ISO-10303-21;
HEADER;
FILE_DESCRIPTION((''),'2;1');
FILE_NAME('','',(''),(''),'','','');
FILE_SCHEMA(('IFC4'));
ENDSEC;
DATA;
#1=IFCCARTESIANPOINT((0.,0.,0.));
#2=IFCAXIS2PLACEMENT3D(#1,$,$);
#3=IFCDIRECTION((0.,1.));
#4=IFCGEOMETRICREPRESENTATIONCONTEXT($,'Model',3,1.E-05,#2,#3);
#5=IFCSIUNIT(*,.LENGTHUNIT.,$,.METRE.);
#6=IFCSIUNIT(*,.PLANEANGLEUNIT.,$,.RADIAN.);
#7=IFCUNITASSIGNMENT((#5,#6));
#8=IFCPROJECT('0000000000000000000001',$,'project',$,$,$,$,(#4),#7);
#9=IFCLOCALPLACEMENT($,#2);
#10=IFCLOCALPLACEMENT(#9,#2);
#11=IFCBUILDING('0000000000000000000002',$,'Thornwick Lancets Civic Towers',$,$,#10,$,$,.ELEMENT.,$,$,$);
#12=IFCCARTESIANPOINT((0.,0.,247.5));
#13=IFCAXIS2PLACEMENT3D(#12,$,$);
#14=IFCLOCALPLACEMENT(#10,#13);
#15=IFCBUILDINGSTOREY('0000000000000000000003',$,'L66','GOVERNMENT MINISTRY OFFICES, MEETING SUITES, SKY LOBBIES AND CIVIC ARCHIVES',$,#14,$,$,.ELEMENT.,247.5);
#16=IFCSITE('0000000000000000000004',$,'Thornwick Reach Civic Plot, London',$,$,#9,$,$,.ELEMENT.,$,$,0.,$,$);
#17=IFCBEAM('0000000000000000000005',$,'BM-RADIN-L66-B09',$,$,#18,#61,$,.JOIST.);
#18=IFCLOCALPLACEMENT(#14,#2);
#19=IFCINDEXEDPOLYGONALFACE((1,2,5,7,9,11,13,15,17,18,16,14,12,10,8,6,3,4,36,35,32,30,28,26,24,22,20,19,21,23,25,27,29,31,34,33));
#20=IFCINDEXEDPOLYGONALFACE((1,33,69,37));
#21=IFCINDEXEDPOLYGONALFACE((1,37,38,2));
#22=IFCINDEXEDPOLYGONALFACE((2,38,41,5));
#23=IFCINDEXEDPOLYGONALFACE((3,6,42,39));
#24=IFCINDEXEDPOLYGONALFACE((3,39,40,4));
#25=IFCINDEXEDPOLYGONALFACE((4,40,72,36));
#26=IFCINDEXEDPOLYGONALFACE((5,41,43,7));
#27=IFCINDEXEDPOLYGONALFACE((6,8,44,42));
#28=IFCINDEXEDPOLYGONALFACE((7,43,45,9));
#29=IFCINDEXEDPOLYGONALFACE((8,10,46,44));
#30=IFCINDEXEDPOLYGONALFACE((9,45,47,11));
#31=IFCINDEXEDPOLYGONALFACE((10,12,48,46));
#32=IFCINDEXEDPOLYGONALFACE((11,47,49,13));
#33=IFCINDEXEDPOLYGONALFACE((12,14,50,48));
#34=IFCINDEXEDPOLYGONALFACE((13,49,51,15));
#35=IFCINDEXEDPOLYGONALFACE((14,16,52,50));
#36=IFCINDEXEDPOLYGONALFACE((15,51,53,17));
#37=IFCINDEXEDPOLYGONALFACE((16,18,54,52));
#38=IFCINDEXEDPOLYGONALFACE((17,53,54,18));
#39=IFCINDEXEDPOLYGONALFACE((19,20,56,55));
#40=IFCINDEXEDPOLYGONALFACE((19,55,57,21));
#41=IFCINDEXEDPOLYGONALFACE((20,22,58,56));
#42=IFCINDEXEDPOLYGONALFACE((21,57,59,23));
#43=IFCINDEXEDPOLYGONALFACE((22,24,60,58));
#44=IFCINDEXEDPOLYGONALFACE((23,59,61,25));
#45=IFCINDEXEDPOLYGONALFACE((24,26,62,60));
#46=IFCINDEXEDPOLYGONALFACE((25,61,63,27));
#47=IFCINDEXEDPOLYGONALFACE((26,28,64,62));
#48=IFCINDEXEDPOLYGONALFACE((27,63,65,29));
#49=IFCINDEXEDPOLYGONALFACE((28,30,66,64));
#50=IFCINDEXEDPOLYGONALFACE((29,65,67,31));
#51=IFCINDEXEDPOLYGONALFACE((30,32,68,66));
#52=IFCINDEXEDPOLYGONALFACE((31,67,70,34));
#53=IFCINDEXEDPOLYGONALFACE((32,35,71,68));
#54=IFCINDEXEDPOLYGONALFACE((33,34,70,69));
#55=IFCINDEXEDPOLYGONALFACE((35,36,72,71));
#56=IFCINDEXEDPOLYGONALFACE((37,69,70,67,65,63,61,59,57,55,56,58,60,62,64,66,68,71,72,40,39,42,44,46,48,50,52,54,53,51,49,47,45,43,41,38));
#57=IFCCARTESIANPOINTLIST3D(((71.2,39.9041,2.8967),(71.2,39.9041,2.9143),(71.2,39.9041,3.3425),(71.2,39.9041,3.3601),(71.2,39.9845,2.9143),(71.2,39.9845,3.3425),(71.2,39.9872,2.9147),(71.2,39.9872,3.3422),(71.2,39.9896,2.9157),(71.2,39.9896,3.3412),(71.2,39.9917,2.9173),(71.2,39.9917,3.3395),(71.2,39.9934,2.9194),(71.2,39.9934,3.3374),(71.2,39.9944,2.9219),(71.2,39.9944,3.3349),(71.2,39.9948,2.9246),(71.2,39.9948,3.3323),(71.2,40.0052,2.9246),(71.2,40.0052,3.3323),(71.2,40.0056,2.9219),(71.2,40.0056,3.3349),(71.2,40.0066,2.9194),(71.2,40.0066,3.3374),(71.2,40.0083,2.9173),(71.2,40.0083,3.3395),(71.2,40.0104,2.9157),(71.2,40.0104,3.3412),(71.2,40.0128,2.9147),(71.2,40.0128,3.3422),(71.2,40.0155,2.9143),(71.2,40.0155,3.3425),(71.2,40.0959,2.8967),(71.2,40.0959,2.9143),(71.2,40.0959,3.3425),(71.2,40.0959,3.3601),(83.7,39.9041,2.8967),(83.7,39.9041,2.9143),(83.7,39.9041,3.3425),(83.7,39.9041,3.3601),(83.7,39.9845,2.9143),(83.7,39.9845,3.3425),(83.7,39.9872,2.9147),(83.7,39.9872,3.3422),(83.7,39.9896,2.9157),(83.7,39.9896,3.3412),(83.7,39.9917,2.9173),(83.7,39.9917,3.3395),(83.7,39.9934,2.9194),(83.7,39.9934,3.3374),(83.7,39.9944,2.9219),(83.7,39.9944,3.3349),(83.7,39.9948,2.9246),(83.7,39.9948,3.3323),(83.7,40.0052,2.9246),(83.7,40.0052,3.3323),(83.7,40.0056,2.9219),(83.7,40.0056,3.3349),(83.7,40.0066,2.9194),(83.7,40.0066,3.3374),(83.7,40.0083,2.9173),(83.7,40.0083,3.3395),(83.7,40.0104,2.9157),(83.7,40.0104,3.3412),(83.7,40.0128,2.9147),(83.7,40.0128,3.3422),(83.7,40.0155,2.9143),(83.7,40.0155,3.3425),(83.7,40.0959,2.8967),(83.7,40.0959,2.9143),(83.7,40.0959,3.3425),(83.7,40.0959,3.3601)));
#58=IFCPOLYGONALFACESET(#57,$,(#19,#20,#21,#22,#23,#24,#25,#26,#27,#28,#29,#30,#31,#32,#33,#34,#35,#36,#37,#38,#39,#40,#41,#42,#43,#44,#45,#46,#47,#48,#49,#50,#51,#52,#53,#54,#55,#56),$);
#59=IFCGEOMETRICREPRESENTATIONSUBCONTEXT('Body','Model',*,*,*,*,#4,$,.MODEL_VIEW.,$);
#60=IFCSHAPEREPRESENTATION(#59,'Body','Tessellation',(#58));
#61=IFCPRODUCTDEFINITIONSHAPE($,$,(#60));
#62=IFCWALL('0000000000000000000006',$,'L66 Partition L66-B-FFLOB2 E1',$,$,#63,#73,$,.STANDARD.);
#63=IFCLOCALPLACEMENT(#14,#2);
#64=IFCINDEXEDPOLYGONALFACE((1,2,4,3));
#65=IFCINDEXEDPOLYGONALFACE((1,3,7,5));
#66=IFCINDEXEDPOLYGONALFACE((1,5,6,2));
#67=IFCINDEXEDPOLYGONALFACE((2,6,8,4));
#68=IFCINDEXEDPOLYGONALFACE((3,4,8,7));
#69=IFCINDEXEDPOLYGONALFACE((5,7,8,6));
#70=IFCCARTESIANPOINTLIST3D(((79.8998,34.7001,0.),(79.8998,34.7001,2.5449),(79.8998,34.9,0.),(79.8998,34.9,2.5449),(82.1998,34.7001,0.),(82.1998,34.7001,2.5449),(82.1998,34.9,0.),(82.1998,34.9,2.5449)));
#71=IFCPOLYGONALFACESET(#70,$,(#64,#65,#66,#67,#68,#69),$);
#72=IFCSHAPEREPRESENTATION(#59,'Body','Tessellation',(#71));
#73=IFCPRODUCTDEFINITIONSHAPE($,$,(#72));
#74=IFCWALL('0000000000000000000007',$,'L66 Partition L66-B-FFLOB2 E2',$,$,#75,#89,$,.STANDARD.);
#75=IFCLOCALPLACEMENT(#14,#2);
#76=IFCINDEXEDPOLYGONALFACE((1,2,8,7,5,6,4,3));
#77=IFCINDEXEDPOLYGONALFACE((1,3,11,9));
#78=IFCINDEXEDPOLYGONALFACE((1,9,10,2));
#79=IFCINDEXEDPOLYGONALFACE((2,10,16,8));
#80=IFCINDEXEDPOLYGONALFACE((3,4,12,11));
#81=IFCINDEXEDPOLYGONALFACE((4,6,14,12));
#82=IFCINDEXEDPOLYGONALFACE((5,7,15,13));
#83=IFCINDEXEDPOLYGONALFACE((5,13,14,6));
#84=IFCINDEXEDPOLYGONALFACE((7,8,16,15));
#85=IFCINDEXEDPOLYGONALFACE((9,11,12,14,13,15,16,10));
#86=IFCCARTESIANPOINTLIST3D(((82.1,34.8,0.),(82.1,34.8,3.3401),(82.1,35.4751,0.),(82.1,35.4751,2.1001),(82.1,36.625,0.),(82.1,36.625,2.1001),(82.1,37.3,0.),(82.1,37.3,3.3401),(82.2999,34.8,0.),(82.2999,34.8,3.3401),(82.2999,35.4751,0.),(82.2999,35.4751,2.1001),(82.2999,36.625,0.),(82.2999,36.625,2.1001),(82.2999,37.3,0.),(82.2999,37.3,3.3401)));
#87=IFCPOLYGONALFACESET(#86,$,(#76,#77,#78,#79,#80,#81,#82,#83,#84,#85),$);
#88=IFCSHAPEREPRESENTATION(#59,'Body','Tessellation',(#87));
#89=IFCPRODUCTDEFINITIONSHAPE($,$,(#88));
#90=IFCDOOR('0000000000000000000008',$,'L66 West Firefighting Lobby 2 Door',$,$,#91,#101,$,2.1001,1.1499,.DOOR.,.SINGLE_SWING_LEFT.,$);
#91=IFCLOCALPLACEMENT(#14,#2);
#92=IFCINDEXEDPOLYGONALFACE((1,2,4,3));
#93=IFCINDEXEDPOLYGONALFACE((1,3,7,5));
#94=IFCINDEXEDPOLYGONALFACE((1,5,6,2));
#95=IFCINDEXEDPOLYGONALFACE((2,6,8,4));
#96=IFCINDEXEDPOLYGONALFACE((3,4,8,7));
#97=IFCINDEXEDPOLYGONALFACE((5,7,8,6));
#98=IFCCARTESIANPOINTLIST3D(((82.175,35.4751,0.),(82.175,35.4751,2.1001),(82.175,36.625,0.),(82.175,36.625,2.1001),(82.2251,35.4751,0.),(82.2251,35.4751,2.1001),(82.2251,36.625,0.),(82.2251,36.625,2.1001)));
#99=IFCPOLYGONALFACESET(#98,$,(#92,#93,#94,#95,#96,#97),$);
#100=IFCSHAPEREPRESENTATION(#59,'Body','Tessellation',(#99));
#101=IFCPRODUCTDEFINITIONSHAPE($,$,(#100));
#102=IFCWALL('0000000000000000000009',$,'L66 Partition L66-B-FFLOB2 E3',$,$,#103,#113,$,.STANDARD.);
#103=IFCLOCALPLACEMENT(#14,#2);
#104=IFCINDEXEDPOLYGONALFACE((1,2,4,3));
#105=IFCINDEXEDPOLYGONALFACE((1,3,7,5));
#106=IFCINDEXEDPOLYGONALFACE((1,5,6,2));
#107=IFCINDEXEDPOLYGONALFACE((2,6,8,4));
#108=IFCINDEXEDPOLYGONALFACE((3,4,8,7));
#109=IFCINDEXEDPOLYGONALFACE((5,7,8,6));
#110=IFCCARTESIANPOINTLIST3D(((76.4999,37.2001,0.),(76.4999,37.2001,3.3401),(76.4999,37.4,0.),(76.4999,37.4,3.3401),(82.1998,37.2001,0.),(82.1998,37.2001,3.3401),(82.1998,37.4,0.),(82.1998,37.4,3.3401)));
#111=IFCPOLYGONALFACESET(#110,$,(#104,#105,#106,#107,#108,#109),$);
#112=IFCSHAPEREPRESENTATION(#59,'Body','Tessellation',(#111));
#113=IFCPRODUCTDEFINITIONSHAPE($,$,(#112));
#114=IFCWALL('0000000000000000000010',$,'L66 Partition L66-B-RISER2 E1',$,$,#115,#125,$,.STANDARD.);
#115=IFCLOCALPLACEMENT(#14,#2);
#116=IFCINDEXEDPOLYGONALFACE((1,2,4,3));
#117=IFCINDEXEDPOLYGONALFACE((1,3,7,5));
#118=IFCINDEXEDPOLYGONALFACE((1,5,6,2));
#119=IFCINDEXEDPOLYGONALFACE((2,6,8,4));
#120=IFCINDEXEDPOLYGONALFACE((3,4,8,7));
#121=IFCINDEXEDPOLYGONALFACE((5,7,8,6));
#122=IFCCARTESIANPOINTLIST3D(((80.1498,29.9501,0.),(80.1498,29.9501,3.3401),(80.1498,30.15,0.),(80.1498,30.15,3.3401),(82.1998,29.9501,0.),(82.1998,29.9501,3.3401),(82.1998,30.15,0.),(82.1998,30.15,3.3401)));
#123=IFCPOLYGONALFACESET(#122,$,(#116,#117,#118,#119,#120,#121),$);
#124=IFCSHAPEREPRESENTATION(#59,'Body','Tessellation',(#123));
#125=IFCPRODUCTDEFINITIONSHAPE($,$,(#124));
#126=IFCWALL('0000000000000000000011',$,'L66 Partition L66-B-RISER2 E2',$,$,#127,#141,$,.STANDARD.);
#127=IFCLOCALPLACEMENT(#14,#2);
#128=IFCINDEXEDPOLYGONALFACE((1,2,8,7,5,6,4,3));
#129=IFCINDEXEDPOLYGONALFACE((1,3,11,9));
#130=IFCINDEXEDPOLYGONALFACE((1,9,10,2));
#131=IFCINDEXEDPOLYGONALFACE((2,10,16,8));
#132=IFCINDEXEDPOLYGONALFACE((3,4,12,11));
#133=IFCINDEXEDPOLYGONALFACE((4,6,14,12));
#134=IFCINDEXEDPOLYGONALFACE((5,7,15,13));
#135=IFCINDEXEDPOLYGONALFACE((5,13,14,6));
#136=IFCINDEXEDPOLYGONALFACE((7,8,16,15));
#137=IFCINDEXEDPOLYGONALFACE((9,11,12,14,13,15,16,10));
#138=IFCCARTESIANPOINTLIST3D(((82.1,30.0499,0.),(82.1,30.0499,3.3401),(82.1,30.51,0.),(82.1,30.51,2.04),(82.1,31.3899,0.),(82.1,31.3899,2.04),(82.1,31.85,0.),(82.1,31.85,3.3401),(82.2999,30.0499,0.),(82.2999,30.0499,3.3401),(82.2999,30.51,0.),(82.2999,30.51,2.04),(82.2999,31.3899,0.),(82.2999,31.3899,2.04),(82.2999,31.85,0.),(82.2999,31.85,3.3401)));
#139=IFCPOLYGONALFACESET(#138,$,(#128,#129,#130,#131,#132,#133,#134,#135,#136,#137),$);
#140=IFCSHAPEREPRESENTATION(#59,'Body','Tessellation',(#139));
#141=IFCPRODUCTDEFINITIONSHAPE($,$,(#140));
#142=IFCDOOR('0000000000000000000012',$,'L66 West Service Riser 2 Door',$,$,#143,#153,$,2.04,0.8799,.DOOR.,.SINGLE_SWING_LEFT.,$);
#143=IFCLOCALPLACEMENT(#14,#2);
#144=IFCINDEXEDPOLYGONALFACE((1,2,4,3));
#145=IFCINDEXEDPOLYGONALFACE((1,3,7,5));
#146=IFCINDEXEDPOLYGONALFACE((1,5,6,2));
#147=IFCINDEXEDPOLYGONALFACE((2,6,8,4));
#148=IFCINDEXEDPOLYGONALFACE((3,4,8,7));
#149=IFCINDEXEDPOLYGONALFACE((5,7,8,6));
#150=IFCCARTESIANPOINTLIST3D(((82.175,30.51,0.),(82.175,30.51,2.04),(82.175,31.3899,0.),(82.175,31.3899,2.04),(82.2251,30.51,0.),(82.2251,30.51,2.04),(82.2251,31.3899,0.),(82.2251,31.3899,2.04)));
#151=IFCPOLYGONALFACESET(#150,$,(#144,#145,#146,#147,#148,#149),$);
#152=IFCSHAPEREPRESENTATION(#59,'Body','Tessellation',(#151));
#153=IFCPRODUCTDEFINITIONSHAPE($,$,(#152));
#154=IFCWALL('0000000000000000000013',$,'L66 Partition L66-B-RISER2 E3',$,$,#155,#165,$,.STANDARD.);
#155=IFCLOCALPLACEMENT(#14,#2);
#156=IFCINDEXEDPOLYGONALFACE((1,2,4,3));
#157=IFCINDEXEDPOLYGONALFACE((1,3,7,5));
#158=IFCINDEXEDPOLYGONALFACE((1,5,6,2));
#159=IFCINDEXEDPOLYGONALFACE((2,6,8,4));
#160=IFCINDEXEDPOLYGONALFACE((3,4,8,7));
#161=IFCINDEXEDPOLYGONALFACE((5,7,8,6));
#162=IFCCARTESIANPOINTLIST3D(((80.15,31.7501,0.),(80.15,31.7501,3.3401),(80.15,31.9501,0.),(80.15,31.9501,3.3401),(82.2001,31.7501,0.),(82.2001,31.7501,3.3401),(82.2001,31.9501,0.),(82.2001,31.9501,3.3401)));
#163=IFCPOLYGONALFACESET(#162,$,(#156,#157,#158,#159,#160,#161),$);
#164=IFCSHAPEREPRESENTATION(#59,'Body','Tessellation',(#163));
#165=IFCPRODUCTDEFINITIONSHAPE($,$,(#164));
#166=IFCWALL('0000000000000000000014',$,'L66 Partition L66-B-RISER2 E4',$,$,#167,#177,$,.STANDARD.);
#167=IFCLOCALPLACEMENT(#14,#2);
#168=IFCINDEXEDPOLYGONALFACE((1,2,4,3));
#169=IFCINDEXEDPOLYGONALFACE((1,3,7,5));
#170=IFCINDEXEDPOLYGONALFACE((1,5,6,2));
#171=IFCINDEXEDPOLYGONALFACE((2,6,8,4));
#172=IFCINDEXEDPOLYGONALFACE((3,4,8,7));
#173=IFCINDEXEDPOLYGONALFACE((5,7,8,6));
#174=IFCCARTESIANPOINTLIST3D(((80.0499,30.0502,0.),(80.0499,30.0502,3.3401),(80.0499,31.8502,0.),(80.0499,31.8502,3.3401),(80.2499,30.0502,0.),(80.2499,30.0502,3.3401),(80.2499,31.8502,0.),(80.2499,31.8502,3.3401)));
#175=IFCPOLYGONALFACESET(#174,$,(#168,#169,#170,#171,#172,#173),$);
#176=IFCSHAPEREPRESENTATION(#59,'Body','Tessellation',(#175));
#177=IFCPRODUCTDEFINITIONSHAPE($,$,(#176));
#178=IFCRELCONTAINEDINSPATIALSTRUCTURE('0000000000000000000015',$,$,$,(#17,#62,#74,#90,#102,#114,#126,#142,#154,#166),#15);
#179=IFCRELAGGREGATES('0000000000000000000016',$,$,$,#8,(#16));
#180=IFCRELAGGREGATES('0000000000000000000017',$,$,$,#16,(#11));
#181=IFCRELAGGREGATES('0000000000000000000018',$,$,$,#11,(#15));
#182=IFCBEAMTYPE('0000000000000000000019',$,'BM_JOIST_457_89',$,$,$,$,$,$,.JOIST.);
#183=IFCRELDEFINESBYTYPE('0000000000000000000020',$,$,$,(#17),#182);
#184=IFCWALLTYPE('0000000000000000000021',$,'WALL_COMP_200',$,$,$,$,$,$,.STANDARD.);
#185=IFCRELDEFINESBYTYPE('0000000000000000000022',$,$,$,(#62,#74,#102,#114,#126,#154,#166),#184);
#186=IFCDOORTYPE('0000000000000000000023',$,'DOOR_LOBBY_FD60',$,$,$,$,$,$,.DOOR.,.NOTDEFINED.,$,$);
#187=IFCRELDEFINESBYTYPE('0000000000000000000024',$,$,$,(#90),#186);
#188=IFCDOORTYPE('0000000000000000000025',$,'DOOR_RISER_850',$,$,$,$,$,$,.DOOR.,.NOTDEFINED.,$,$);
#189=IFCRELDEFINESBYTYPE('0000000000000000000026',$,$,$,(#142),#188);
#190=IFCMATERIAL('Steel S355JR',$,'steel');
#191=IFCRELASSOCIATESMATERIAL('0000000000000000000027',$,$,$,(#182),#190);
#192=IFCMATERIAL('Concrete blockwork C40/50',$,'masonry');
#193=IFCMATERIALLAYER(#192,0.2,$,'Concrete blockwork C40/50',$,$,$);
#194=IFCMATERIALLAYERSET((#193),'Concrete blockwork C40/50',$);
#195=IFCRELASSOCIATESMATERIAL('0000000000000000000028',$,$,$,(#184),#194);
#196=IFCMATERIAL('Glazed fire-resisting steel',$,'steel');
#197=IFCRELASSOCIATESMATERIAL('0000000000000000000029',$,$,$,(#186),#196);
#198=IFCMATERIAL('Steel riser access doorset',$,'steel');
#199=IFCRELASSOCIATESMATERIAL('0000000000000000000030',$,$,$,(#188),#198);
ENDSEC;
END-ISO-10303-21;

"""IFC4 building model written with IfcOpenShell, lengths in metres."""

from ifc_helpers import new_model, si_unit, direction, frame, frame_2d, origin, origin_2d, place, context, subcontext, project, spatial, rectangle, i_section, extrude, material, layer, layer_set, material_profile, profile_set, type_object, element, fill, save


model = new_model("IFC4")

# Units and contexts
model_context = context("Model", 3, precision=1e-05, world=origin(), true_north=direction((0.0, 1.0)))
body_context = subcontext(model_context, "Body", "Model", "MODEL_VIEW")
ifc_project = project(units=[si_unit("LENGTHUNIT", "METRE"), si_unit("PLANEANGLEUNIT", "RADIAN")], contexts=[model_context])

# Site, building, storey
site_placement = place(None, origin())
site = spatial("IfcSite", under=ifc_project, at=site_placement, Name="Thornwick Reach Civic Plot, London", CompositionType="ELEMENT", RefElevation=0.0)
building_placement = place(site_placement, origin())
building = spatial("IfcBuilding", under=site, at=building_placement, Name="Thornwick Lancets Civic Towers", CompositionType="ELEMENT")
storey_placement = place(building_placement, frame((0.0, 0.0, 247.5)))
storey = spatial("IfcBuildingStorey", under=building, at=storey_placement, Name="L66", Description="GOVERNMENT MINISTRY OFFICES, MEETING SUITES, SKY LOBBIES AND CIVIC ARCHIVES", CompositionType="ELEMENT", Elevation=247.5)

# Beam
ifc_material_1 = material(Name="Steel S355JR", Category="steel")
ifc_material_profile_1 = material_profile(ifc_material_1, i_section(OverallWidth=0.1919, OverallDepth=0.4634, WebThickness=0.0105, FlangeThickness=0.0176, FilletRadius=0.0103, at=origin_2d()), Name="UKB 457x191x89")
ifc_profile_set_1 = profile_set([ifc_material_profile_1], Name="Steel S355JR")
beam_type_1 = type_object("IfcBeamType", Name="BM_JOIST_457_89", PredefinedType="JOIST", material=ifc_profile_set_1)
beam_1_placement = place(storey_placement, frame((83.7, 40.0, 3.1284), z_axis=(-1.0, 0.0, 0.0), x_axis=(0.0, -1.0, 0.0)))
element("IfcBeam", 1, at=beam_1_placement, inside=storey, type_object=beam_type_1, Name="BM-RADIN-L66-B09", PredefinedType="JOIST", context=body_context, shape_type="SweptSolid", body=[
    extrude(i_section(OverallWidth=0.1919, OverallDepth=0.4634, WebThickness=0.0105, FlangeThickness=0.0176, FilletRadius=0.0103, at=origin_2d()), origin(), (0.0, 0.0, 1.0), 12.5),
])

# Wall
ifc_material_2 = material(Name="Concrete blockwork C40/50", Category="masonry")
ifc_layer_1 = layer(ifc_material_2, 0.2, Name="Concrete blockwork C40/50")
ifc_layer_set_1 = layer_set([ifc_layer_1], Name="Concrete blockwork C40/50")
wall_type_1 = type_object("IfcWallType", Name="WALL_COMP_200", PredefinedType="STANDARD", material=ifc_layer_set_1)
wall_1_placement = place(storey_placement, frame((79.8999, 34.8, 0.0), z_axis=(0.0, 0.0, 1.0), x_axis=(1.0, 0.0, 0.0)))
element("IfcWall", 2, at=wall_1_placement, inside=storey, type_object=wall_type_1, Name="L66 Partition L66-B-FFLOB2 E1", PredefinedType="STANDARD", context=body_context, shape_type="SweptSolid", body=[
    extrude(rectangle(XDim=2.3, YDim=0.2, at=frame_2d((1.1499, 0.0))), origin(), (0.0, 0.0, 1.0), 2.5449),
])

# Wall, opening, door
wall_2_placement = place(storey_placement, frame((82.2, 34.8, 0.0), z_axis=(0.0, 0.0, 1.0), x_axis=(0.0, 1.0, 0.0)))
wall_2 = element("IfcWall", 3, at=wall_2_placement, inside=storey, type_object=wall_type_1, Name="L66 Partition L66-B-FFLOB2 E2", PredefinedType="STANDARD", context=body_context, shape_type="SweptSolid", body=[
    extrude(rectangle(XDim=2.5, YDim=0.2, at=frame_2d((1.25, 0.0))), origin(), (0.0, 0.0, 1.0), 3.3401),
])
opening_1_placement = place(wall_2_placement, frame((0.675, 0.0, 0.0)))
opening_1 = element("IfcOpeningElement", 4, at=opening_1_placement, cuts=wall_2, PredefinedType="OPENING", context=body_context, shape_type="SweptSolid", body=[
    extrude(rectangle(XDim=1.1499, YDim=2.1001, at=frame_2d((0.575, 1.05))), frame((0.0, 0.1099, 0.0), z_axis=(0.0, -1.0, 0.0), x_axis=(1.0, 0.0, 0.0)), (0.0, 0.0, 1.0), 0.22),
])
ifc_material_3 = material(Name="Glazed fire-resisting steel", Category="steel")
door_type_1 = type_object("IfcDoorType", Name="DOOR_LOBBY_FD60", OperationType="NOTDEFINED", PredefinedType="DOOR", material=ifc_material_3)
door_1_placement = place(opening_1_placement, origin())
door_1 = element("IfcDoor", 5, at=door_1_placement, inside=storey, type_object=door_type_1, Name="L66 West Firefighting Lobby 2 Door", OperationType="SINGLE_SWING_LEFT", OverallHeight=2.1001, OverallWidth=1.1499, PredefinedType="DOOR", context=body_context, shape_type="SweptSolid", body=[
    extrude(rectangle(XDim=1.1499, YDim=2.1001, at=frame_2d((0.575, 1.05))), frame((0.0, 0.0249, 0.0), z_axis=(0.0, -1.0, 0.0), x_axis=(1.0, 0.0, 0.0)), (0.0, 0.0, 1.0), 0.05),
])
fill(opening_1, door_1)

# Walls
wall_3_placement = place(storey_placement, frame((82.2, 37.3, 0.0), z_axis=(0.0, 0.0, 1.0), x_axis=(-1.0, 0.0, 0.0)))
element("IfcWall", 6, at=wall_3_placement, inside=storey, type_object=wall_type_1, Name="L66 Partition L66-B-FFLOB2 E3", PredefinedType="STANDARD", context=body_context, shape_type="SweptSolid", body=[
    extrude(rectangle(XDim=5.7, YDim=0.2, at=frame_2d((2.8501, 0.0))), origin(), (0.0, 0.0, 1.0), 3.3401),
])
wall_4_placement = place(storey_placement, frame((80.1499, 30.05, 0.0), z_axis=(0.0, 0.0, 1.0), x_axis=(1.0, 0.0, 0.0)))
element("IfcWall", 7, at=wall_4_placement, inside=storey, type_object=wall_type_1, Name="L66 Partition L66-B-RISER2 E1", PredefinedType="STANDARD", context=body_context, shape_type="SweptSolid", body=[
    extrude(rectangle(XDim=2.05, YDim=0.2, at=frame_2d((1.0249, 0.0))), origin(), (0.0, 0.0, 1.0), 3.3401),
])

# Wall, opening, door
wall_5_placement = place(storey_placement, frame((82.2, 30.05, 0.0), z_axis=(0.0, 0.0, 1.0), x_axis=(0.0, 1.0, 0.0)))
wall_5 = element("IfcWall", 8, at=wall_5_placement, inside=storey, type_object=wall_type_1, Name="L66 Partition L66-B-RISER2 E2", PredefinedType="STANDARD", context=body_context, shape_type="SweptSolid", body=[
    extrude(rectangle(XDim=1.8, YDim=0.2, at=frame_2d((0.8999, 0.0))), origin(), (0.0, 0.0, 1.0), 3.3401),
])
opening_2_placement = place(wall_5_placement, frame((0.46, 0.0, 0.0)))
opening_2 = element("IfcOpeningElement", 9, at=opening_2_placement, cuts=wall_5, PredefinedType="OPENING", context=body_context, shape_type="SweptSolid", body=[
    extrude(rectangle(XDim=0.8799, YDim=2.04, at=frame_2d((0.4399, 1.02))), frame((0.0, 0.1099, 0.0), z_axis=(0.0, -1.0, 0.0), x_axis=(1.0, 0.0, 0.0)), (0.0, 0.0, 1.0), 0.22),
])
ifc_material_4 = material(Name="Steel riser access doorset", Category="steel")
door_type_2 = type_object("IfcDoorType", Name="DOOR_RISER_850", OperationType="NOTDEFINED", PredefinedType="DOOR", material=ifc_material_4)
door_2_placement = place(opening_2_placement, origin())
door_2 = element("IfcDoor", 10, at=door_2_placement, inside=storey, type_object=door_type_2, Name="L66 West Service Riser 2 Door", OperationType="SINGLE_SWING_LEFT", OverallHeight=2.04, OverallWidth=0.8799, PredefinedType="DOOR", context=body_context, shape_type="SweptSolid", body=[
    extrude(rectangle(XDim=0.8799, YDim=2.04, at=frame_2d((0.4399, 1.02))), frame((0.0, 0.0249, 0.0), z_axis=(0.0, -1.0, 0.0), x_axis=(1.0, 0.0, 0.0)), (0.0, 0.0, 1.0), 0.05),
])
fill(opening_2, door_2)

# Walls
wall_6_placement = place(storey_placement, frame((82.2, 31.8501, 0.0), z_axis=(0.0, 0.0, 1.0), x_axis=(-1.0, 0.0, 0.0)))
element("IfcWall", 11, at=wall_6_placement, inside=storey, type_object=wall_type_1, Name="L66 Partition L66-B-RISER2 E3", PredefinedType="STANDARD", context=body_context, shape_type="SweptSolid", body=[
    extrude(rectangle(XDim=2.05, YDim=0.2, at=frame_2d((1.0249, 0.0))), origin(), (0.0, 0.0, 1.0), 3.3401),
])
wall_7_placement = place(storey_placement, frame((80.1499, 31.8501, 0.0), z_axis=(0.0, 0.0, 1.0), x_axis=(0.0, -1.0, 0.0)))
element("IfcWall", 12, at=wall_7_placement, inside=storey, type_object=wall_type_1, Name="L66 Partition L66-B-RISER2 E4", PredefinedType="STANDARD", context=body_context, shape_type="SweptSolid", body=[
    extrude(rectangle(XDim=1.8, YDim=0.2, at=frame_2d((0.8999, 0.0))), origin(), (0.0, 0.0, 1.0), 3.3401),
])

save(model, "model.ifc")
